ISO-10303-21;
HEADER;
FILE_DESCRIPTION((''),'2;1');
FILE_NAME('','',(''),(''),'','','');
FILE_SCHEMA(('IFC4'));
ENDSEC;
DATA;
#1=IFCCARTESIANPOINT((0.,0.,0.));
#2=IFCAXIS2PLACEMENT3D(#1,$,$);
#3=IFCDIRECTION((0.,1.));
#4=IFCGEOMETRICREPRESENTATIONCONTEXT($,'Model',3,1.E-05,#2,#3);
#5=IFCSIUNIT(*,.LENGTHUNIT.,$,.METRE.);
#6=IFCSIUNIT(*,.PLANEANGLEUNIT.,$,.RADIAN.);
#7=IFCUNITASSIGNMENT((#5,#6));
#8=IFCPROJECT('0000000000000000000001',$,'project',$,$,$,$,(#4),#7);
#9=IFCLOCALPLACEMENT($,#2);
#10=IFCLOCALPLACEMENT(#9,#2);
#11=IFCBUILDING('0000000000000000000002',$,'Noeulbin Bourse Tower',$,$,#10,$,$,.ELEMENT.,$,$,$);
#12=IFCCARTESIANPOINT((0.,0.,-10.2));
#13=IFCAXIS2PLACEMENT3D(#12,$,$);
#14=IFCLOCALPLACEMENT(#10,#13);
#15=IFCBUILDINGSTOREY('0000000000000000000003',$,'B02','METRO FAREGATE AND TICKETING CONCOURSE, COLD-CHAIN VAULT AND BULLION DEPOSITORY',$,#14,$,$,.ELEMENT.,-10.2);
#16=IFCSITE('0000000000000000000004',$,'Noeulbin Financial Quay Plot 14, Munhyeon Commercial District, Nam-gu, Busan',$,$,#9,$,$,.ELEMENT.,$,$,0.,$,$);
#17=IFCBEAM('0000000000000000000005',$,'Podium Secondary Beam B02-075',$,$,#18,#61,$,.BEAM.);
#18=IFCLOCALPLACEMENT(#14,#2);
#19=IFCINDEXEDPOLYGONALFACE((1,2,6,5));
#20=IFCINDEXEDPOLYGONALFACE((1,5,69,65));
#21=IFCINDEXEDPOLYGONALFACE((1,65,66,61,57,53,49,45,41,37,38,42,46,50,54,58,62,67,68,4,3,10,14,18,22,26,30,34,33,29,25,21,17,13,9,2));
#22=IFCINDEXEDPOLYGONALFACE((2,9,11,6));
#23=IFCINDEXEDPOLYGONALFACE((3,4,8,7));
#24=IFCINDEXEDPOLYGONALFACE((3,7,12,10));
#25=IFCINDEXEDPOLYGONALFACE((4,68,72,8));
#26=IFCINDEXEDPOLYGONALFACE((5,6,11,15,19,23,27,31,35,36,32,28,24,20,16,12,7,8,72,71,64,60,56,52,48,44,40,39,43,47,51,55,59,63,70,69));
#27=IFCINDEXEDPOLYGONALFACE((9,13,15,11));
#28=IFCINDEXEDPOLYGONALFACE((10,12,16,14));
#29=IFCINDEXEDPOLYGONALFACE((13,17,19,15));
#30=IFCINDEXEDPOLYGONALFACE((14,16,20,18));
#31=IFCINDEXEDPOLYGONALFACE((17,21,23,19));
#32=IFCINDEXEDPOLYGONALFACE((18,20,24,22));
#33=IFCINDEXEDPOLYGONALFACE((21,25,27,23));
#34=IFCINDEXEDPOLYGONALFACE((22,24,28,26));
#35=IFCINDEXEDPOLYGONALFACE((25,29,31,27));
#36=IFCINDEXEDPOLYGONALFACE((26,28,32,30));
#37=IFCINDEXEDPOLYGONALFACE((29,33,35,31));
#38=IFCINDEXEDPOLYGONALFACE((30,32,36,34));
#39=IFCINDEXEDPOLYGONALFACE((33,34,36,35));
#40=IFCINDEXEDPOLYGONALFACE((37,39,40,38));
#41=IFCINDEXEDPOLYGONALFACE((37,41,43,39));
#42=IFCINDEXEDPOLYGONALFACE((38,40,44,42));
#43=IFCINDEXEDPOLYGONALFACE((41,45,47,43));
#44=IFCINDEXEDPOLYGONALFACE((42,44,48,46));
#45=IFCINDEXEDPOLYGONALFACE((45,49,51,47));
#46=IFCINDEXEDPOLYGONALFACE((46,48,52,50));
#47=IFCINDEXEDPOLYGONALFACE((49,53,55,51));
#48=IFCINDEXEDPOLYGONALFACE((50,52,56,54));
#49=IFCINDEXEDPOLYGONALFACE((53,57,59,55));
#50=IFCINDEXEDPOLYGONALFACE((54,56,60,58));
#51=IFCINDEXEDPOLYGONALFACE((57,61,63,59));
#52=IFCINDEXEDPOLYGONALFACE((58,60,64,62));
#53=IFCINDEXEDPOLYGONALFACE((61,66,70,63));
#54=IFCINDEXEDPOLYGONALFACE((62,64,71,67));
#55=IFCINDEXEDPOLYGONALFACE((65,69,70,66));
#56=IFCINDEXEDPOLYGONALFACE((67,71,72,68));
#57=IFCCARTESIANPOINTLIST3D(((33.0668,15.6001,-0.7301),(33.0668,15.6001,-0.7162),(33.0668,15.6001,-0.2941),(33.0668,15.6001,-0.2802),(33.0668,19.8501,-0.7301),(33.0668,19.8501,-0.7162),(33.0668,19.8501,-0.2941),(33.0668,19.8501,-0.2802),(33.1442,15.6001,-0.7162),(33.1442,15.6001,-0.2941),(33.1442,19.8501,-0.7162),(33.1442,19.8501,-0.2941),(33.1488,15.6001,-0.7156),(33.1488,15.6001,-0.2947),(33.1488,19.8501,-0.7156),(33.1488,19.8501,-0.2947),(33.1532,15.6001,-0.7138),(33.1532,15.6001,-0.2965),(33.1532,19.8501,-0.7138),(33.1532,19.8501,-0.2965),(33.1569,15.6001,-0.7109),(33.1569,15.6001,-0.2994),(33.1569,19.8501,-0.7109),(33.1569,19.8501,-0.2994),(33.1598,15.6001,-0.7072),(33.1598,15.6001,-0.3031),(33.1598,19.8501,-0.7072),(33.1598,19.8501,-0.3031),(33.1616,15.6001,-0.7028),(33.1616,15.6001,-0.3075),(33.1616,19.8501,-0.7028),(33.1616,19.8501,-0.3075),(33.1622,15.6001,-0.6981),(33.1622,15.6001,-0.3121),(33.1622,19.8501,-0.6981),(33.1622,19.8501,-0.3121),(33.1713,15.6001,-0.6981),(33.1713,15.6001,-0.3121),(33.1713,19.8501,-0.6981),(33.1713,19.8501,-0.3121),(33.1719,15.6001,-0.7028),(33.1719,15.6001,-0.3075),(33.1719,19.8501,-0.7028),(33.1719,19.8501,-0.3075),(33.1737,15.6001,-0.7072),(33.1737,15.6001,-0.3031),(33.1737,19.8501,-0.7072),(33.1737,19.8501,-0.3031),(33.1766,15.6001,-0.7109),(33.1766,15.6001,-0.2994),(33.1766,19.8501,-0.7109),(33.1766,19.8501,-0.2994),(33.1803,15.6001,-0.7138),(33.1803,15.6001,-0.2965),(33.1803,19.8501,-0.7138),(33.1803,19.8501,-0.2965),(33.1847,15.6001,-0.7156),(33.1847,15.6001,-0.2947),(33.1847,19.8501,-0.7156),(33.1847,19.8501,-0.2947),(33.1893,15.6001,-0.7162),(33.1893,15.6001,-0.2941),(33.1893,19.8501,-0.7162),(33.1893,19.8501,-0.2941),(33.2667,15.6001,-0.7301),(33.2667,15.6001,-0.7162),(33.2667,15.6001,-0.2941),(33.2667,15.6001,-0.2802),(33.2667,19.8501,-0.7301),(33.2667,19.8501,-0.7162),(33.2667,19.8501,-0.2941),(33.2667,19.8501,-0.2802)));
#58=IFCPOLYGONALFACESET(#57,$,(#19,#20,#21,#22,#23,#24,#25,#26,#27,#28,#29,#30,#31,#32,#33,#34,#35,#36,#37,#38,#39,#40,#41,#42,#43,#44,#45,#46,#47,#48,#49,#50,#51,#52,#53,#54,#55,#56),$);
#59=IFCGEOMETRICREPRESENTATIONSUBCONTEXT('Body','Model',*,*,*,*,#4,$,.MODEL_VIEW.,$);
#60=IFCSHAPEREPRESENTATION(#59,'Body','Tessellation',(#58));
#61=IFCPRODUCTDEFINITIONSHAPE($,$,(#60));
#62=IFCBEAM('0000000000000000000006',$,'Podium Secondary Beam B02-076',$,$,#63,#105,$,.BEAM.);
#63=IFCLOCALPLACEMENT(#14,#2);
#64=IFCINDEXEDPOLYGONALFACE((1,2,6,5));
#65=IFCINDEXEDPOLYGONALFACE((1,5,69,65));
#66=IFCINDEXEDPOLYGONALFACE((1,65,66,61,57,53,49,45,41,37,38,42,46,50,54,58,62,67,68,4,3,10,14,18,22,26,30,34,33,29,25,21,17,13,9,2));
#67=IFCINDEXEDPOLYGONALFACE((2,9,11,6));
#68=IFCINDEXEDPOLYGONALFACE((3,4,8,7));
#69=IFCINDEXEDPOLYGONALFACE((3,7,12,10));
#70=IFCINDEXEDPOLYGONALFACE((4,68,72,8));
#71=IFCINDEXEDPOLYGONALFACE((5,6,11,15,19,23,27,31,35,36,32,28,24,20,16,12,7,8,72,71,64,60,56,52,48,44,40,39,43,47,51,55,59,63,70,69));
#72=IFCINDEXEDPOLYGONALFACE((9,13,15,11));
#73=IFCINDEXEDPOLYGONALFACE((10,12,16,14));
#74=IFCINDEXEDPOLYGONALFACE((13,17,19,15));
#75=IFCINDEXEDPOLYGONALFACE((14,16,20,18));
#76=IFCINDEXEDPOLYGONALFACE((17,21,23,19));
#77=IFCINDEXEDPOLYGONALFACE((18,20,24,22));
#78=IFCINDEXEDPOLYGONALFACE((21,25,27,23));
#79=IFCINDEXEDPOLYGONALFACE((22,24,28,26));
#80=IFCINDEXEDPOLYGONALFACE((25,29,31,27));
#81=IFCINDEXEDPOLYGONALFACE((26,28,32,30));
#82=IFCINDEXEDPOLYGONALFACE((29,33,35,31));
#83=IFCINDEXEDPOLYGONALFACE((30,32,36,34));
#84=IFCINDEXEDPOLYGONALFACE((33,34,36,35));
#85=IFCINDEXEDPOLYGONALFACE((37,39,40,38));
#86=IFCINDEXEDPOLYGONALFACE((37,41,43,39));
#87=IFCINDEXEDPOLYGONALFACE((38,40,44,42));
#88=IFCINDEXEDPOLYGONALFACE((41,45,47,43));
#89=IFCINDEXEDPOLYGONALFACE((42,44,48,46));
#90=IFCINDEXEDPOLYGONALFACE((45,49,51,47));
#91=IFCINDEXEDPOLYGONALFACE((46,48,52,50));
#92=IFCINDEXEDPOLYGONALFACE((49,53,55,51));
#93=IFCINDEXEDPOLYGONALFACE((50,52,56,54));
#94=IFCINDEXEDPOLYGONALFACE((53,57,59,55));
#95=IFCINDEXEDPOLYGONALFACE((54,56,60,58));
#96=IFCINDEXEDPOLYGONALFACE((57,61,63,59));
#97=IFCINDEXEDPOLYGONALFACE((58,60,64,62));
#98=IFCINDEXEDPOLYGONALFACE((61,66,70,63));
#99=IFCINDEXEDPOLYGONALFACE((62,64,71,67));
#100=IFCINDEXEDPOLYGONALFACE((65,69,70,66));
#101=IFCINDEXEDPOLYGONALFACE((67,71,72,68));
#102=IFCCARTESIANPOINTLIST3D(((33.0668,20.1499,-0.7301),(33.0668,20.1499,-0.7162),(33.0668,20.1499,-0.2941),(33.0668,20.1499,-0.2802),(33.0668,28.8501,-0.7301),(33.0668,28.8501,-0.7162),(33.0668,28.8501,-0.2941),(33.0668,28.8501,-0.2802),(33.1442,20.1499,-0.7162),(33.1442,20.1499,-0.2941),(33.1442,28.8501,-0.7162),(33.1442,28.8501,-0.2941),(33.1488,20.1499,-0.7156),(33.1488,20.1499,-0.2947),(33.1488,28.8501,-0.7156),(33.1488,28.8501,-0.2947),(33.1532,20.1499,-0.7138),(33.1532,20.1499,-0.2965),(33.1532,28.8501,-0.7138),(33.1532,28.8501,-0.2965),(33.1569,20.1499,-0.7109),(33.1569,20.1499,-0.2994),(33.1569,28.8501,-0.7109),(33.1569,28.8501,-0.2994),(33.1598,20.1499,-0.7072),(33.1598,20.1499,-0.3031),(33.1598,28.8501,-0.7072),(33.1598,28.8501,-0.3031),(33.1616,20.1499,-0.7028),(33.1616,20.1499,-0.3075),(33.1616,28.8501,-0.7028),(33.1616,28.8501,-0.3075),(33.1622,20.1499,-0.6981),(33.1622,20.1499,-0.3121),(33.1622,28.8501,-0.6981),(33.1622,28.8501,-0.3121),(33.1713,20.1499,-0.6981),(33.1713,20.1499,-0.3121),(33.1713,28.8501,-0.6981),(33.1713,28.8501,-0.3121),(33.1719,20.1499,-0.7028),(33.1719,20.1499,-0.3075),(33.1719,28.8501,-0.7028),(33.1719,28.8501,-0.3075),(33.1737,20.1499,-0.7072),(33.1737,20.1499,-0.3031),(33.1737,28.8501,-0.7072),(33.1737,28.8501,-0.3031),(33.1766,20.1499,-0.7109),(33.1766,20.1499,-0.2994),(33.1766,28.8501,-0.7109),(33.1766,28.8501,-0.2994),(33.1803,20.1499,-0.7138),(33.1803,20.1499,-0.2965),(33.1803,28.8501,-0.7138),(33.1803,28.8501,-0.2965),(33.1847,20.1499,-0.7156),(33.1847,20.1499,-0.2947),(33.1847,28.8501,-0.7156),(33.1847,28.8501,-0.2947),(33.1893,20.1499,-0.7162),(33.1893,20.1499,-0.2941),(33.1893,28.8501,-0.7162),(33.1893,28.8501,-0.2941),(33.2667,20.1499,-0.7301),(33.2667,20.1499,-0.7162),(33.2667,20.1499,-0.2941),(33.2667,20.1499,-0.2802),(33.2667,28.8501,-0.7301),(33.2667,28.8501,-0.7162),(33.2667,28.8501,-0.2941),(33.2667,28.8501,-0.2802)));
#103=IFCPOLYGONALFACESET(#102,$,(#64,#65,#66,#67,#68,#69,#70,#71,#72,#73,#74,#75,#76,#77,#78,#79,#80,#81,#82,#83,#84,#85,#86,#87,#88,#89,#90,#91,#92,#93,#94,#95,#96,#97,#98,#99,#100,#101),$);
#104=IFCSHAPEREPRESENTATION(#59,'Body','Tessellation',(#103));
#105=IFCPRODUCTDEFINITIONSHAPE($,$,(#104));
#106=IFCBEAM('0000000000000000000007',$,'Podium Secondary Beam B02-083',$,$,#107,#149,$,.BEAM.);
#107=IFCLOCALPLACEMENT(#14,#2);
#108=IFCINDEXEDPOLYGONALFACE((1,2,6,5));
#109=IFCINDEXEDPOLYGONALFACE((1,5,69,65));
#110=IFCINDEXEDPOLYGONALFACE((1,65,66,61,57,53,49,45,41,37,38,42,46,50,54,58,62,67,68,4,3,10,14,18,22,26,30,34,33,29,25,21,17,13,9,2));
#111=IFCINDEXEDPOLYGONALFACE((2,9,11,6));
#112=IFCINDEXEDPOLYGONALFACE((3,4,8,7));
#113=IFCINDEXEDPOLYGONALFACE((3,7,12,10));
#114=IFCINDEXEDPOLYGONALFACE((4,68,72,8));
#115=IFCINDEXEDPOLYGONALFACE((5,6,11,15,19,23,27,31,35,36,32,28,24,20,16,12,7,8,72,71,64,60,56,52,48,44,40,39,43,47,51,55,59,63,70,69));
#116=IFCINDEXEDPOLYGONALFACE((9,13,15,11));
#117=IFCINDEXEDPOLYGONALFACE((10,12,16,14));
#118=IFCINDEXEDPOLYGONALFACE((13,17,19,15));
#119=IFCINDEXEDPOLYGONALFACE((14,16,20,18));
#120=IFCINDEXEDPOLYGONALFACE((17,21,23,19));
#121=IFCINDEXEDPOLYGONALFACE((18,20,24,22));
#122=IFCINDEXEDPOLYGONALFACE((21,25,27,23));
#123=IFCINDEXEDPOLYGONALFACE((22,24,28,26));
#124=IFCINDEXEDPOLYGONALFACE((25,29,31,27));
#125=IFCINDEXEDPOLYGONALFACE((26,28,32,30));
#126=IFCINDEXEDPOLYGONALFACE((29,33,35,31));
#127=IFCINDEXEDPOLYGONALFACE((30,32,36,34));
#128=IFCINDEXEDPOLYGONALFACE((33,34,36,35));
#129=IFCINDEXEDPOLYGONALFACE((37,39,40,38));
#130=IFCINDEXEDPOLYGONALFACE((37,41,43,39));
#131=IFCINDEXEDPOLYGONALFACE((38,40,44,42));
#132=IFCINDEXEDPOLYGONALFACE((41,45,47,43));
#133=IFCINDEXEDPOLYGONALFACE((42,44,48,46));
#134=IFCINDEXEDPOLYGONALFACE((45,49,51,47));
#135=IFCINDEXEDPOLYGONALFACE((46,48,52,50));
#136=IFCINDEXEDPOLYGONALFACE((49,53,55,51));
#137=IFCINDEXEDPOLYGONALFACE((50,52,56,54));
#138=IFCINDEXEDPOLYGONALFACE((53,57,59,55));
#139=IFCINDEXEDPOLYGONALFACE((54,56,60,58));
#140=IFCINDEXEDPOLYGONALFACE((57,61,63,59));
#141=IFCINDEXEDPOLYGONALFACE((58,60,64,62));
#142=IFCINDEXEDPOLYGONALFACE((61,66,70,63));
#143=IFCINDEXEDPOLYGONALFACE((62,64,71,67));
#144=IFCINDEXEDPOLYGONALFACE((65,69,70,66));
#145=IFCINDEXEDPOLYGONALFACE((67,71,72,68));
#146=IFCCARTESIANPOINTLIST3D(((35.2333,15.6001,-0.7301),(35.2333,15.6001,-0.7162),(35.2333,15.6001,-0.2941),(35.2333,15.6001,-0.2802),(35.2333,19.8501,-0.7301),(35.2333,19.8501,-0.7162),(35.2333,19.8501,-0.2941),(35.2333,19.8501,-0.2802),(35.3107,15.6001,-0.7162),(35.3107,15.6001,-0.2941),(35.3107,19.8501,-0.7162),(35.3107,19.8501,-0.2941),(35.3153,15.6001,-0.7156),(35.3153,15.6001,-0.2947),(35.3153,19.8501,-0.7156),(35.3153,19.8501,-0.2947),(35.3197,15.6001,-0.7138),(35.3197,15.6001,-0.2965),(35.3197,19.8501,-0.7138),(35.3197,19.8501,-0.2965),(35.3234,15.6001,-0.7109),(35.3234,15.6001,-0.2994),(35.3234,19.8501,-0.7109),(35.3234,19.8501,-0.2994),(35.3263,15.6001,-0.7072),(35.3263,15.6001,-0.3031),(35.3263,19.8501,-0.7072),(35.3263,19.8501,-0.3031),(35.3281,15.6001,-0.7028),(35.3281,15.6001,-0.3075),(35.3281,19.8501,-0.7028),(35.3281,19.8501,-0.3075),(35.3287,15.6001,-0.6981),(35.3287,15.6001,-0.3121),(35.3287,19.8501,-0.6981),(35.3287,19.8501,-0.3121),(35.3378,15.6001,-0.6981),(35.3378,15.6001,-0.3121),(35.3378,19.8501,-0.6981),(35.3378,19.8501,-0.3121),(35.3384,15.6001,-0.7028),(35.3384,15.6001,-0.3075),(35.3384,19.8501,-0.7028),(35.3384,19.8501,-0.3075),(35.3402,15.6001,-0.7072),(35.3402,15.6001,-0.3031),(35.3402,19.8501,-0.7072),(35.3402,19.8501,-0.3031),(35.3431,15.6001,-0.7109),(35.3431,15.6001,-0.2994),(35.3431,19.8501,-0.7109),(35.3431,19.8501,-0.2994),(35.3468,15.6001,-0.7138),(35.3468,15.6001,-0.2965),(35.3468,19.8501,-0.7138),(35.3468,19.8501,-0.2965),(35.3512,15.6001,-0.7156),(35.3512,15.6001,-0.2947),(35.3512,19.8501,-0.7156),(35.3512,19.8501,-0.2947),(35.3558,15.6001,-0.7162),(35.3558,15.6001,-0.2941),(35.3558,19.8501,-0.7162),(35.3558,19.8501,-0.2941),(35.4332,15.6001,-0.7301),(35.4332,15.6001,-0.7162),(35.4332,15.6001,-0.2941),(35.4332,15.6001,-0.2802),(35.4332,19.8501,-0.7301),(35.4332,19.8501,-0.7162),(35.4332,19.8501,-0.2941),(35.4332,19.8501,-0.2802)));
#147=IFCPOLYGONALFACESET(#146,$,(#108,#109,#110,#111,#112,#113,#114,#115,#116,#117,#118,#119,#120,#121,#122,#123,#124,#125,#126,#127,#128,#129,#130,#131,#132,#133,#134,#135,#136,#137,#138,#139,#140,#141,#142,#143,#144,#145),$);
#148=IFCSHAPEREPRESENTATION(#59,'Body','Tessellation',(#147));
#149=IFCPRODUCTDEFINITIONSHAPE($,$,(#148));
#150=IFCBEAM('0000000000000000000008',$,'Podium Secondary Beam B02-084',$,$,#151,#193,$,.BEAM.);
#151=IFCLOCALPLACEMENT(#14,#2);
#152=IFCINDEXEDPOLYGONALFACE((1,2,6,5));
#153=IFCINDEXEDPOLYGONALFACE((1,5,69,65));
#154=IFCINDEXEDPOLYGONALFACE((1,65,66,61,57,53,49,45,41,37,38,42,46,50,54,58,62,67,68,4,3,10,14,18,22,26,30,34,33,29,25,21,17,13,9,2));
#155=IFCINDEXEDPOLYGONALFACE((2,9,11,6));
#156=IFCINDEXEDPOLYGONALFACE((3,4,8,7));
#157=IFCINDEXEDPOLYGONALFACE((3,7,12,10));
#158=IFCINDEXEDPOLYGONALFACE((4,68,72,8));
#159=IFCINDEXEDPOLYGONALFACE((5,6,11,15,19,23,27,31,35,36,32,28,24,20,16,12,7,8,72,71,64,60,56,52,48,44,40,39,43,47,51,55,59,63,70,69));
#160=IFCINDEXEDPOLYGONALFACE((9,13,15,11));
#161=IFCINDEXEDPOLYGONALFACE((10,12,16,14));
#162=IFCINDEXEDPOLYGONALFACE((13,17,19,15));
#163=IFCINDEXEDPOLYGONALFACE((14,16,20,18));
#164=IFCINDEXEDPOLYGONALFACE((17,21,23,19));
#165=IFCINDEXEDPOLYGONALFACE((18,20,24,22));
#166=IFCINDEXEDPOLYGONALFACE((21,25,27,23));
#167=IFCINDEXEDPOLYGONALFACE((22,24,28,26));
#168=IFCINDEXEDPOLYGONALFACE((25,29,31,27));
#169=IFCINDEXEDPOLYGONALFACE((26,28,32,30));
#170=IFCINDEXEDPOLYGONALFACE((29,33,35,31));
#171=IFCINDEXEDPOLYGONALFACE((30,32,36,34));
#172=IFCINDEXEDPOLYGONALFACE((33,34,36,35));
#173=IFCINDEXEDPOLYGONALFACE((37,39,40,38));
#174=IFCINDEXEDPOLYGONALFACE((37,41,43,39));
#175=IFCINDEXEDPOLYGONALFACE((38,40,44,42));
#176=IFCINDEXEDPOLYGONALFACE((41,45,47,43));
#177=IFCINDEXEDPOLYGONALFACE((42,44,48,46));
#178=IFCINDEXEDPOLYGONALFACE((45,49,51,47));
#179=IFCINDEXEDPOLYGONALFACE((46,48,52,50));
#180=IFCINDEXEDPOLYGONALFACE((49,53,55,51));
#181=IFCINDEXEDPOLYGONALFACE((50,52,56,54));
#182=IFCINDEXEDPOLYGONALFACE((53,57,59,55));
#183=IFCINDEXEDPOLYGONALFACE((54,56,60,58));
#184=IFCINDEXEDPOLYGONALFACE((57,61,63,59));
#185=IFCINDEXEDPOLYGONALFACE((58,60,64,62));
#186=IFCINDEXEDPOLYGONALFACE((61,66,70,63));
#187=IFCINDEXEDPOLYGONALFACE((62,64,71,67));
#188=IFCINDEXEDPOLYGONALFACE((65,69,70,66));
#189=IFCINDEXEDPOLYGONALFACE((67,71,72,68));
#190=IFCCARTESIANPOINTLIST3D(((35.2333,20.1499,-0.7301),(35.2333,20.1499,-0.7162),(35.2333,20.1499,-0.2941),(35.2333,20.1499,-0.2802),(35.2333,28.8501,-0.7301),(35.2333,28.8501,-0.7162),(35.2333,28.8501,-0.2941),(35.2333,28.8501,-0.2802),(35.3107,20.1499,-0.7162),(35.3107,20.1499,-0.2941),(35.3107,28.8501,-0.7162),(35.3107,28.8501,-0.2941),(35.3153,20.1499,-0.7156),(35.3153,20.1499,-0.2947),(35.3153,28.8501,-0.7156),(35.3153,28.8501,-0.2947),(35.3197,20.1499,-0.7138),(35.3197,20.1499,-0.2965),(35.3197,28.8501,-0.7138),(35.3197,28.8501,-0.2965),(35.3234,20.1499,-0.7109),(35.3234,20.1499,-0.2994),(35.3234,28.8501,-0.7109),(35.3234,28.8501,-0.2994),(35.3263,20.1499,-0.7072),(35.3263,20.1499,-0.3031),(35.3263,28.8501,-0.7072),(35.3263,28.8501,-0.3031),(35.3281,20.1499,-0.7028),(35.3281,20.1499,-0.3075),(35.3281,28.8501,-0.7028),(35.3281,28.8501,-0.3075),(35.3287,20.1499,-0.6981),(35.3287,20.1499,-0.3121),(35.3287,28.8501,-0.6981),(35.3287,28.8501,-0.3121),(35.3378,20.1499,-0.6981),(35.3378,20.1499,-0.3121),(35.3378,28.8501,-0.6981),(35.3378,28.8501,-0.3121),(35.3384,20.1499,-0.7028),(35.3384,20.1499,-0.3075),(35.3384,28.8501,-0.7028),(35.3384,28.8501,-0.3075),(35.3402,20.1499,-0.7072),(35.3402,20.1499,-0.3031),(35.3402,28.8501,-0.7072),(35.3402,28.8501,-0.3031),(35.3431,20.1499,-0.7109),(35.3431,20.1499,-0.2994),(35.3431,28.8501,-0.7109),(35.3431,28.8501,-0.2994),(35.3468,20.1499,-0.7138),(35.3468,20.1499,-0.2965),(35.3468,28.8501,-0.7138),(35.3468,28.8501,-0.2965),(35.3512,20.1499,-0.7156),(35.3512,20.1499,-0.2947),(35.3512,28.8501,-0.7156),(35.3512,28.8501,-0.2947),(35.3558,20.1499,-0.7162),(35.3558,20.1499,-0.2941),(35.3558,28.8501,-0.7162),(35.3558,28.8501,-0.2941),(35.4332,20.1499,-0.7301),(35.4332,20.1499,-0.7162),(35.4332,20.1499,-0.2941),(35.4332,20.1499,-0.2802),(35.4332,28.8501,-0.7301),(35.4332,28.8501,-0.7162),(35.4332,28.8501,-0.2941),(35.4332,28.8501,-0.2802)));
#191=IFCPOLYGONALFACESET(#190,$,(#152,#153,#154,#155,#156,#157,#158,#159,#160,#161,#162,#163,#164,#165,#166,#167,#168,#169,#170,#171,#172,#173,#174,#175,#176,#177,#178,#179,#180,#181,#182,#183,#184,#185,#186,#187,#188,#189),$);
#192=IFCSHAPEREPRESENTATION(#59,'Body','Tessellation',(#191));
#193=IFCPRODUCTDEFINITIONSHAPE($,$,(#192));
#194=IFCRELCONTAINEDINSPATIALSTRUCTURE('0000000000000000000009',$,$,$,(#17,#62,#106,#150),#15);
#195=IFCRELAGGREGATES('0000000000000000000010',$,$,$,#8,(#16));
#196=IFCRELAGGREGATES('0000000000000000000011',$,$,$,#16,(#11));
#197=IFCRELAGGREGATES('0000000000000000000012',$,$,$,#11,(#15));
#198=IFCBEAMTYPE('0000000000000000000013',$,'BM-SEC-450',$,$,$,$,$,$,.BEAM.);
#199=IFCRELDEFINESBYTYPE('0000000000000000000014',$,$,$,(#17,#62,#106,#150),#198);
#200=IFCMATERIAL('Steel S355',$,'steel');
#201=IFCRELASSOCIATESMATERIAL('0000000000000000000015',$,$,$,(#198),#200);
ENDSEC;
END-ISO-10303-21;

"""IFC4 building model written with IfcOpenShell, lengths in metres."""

from ifc_helpers import new_model, si_unit, direction, frame, origin, origin_2d, place, context, subcontext, project, spatial, i_section, extrude, material, material_profile, profile_set, type_object, element, save


model = new_model("IFC4")

# Units and contexts
model_context = context("Model", 3, precision=1e-05, world=origin(), true_north=direction((0.0, 1.0)))
body_context = subcontext(model_context, "Body", "Model", "MODEL_VIEW")
ifc_project = project(units=[si_unit("LENGTHUNIT", "METRE"), si_unit("PLANEANGLEUNIT", "RADIAN")], contexts=[model_context])

# Site, building, storey
site_placement = place(None, origin())
site = spatial("IfcSite", under=ifc_project, at=site_placement, Name="Noeulbin Financial Quay Plot 14, Munhyeon Commercial District, Nam-gu, Busan", CompositionType="ELEMENT", RefElevation=0.0)
building_placement = place(site_placement, origin())
building = spatial("IfcBuilding", under=site, at=building_placement, Name="Noeulbin Bourse Tower", CompositionType="ELEMENT")
storey_placement = place(building_placement, frame((0.0, 0.0, -10.2)))
storey = spatial("IfcBuildingStorey", under=building, at=storey_placement, Name="B02", Description="METRO FAREGATE AND TICKETING CONCOURSE, COLD-CHAIN VAULT AND BULLION DEPOSITORY", CompositionType="ELEMENT", Elevation=-10.2)

# Beams
ifc_material_1 = material(Name="Steel S355", Category="steel")
ifc_material_profile_1 = material_profile(ifc_material_1, i_section(OverallWidth=0.2, OverallDepth=0.45, WebThickness=0.009, FlangeThickness=0.0139, FilletRadius=0.0181, at=origin_2d()), Name="H-450x200x9x14", Category="LoadBearing")
ifc_profile_set_1 = profile_set([ifc_material_profile_1], Name="Steel S355")
beam_type_1 = type_object("IfcBeamType", Name="BM-SEC-450", PredefinedType="BEAM", material=ifc_profile_set_1)
beam_1_placement = place(storey_placement, frame((33.1667, 15.6001, -0.5051), z_axis=(0.0, 1.0, 0.0), x_axis=(-1.0, 0.0, 0.0)))
element("IfcBeam", 1, at=beam_1_placement, inside=storey, type_object=beam_type_1, Name="Podium Secondary Beam B02-075", PredefinedType="BEAM", context=body_context, shape_type="SweptSolid", body=[
    extrude(i_section(OverallWidth=0.2, OverallDepth=0.45, WebThickness=0.009, FlangeThickness=0.0139, FilletRadius=0.0181, at=origin_2d()), origin(), (0.0, 0.0, 1.0), 4.25),
])
beam_2_placement = place(storey_placement, frame((33.1667, 20.1499, -0.5051), z_axis=(0.0, 1.0, 0.0), x_axis=(-1.0, 0.0, 0.0)))
element("IfcBeam", 2, at=beam_2_placement, inside=storey, type_object=beam_type_1, Name="Podium Secondary Beam B02-076", PredefinedType="BEAM", context=body_context, shape_type="SweptSolid", body=[
    extrude(i_section(OverallWidth=0.2, OverallDepth=0.45, WebThickness=0.009, FlangeThickness=0.0139, FilletRadius=0.0181, at=origin_2d()), origin(), (0.0, 0.0, 1.0), 8.7002),
])
beam_3_placement = place(storey_placement, frame((35.3333, 15.6001, -0.5051), z_axis=(0.0, 1.0, 0.0), x_axis=(-1.0, 0.0, 0.0)))
element("IfcBeam", 3, at=beam_3_placement, inside=storey, type_object=beam_type_1, Name="Podium Secondary Beam B02-083", PredefinedType="BEAM", context=body_context, shape_type="SweptSolid", body=[
    extrude(i_section(OverallWidth=0.2, OverallDepth=0.45, WebThickness=0.009, FlangeThickness=0.0139, FilletRadius=0.0181, at=origin_2d()), origin(), (0.0, 0.0, 1.0), 4.25),
])
beam_4_placement = place(storey_placement, frame((35.3333, 20.1499, -0.5051), z_axis=(0.0, 1.0, 0.0), x_axis=(-1.0, 0.0, 0.0)))
element("IfcBeam", 4, at=beam_4_placement, inside=storey, type_object=beam_type_1, Name="Podium Secondary Beam B02-084", PredefinedType="BEAM", context=body_context, shape_type="SweptSolid", body=[
    extrude(i_section(OverallWidth=0.2, OverallDepth=0.45, WebThickness=0.009, FlangeThickness=0.0139, FilletRadius=0.0181, at=origin_2d()), origin(), (0.0, 0.0, 1.0), 8.7002),
])

save(model, "model.ifc")
